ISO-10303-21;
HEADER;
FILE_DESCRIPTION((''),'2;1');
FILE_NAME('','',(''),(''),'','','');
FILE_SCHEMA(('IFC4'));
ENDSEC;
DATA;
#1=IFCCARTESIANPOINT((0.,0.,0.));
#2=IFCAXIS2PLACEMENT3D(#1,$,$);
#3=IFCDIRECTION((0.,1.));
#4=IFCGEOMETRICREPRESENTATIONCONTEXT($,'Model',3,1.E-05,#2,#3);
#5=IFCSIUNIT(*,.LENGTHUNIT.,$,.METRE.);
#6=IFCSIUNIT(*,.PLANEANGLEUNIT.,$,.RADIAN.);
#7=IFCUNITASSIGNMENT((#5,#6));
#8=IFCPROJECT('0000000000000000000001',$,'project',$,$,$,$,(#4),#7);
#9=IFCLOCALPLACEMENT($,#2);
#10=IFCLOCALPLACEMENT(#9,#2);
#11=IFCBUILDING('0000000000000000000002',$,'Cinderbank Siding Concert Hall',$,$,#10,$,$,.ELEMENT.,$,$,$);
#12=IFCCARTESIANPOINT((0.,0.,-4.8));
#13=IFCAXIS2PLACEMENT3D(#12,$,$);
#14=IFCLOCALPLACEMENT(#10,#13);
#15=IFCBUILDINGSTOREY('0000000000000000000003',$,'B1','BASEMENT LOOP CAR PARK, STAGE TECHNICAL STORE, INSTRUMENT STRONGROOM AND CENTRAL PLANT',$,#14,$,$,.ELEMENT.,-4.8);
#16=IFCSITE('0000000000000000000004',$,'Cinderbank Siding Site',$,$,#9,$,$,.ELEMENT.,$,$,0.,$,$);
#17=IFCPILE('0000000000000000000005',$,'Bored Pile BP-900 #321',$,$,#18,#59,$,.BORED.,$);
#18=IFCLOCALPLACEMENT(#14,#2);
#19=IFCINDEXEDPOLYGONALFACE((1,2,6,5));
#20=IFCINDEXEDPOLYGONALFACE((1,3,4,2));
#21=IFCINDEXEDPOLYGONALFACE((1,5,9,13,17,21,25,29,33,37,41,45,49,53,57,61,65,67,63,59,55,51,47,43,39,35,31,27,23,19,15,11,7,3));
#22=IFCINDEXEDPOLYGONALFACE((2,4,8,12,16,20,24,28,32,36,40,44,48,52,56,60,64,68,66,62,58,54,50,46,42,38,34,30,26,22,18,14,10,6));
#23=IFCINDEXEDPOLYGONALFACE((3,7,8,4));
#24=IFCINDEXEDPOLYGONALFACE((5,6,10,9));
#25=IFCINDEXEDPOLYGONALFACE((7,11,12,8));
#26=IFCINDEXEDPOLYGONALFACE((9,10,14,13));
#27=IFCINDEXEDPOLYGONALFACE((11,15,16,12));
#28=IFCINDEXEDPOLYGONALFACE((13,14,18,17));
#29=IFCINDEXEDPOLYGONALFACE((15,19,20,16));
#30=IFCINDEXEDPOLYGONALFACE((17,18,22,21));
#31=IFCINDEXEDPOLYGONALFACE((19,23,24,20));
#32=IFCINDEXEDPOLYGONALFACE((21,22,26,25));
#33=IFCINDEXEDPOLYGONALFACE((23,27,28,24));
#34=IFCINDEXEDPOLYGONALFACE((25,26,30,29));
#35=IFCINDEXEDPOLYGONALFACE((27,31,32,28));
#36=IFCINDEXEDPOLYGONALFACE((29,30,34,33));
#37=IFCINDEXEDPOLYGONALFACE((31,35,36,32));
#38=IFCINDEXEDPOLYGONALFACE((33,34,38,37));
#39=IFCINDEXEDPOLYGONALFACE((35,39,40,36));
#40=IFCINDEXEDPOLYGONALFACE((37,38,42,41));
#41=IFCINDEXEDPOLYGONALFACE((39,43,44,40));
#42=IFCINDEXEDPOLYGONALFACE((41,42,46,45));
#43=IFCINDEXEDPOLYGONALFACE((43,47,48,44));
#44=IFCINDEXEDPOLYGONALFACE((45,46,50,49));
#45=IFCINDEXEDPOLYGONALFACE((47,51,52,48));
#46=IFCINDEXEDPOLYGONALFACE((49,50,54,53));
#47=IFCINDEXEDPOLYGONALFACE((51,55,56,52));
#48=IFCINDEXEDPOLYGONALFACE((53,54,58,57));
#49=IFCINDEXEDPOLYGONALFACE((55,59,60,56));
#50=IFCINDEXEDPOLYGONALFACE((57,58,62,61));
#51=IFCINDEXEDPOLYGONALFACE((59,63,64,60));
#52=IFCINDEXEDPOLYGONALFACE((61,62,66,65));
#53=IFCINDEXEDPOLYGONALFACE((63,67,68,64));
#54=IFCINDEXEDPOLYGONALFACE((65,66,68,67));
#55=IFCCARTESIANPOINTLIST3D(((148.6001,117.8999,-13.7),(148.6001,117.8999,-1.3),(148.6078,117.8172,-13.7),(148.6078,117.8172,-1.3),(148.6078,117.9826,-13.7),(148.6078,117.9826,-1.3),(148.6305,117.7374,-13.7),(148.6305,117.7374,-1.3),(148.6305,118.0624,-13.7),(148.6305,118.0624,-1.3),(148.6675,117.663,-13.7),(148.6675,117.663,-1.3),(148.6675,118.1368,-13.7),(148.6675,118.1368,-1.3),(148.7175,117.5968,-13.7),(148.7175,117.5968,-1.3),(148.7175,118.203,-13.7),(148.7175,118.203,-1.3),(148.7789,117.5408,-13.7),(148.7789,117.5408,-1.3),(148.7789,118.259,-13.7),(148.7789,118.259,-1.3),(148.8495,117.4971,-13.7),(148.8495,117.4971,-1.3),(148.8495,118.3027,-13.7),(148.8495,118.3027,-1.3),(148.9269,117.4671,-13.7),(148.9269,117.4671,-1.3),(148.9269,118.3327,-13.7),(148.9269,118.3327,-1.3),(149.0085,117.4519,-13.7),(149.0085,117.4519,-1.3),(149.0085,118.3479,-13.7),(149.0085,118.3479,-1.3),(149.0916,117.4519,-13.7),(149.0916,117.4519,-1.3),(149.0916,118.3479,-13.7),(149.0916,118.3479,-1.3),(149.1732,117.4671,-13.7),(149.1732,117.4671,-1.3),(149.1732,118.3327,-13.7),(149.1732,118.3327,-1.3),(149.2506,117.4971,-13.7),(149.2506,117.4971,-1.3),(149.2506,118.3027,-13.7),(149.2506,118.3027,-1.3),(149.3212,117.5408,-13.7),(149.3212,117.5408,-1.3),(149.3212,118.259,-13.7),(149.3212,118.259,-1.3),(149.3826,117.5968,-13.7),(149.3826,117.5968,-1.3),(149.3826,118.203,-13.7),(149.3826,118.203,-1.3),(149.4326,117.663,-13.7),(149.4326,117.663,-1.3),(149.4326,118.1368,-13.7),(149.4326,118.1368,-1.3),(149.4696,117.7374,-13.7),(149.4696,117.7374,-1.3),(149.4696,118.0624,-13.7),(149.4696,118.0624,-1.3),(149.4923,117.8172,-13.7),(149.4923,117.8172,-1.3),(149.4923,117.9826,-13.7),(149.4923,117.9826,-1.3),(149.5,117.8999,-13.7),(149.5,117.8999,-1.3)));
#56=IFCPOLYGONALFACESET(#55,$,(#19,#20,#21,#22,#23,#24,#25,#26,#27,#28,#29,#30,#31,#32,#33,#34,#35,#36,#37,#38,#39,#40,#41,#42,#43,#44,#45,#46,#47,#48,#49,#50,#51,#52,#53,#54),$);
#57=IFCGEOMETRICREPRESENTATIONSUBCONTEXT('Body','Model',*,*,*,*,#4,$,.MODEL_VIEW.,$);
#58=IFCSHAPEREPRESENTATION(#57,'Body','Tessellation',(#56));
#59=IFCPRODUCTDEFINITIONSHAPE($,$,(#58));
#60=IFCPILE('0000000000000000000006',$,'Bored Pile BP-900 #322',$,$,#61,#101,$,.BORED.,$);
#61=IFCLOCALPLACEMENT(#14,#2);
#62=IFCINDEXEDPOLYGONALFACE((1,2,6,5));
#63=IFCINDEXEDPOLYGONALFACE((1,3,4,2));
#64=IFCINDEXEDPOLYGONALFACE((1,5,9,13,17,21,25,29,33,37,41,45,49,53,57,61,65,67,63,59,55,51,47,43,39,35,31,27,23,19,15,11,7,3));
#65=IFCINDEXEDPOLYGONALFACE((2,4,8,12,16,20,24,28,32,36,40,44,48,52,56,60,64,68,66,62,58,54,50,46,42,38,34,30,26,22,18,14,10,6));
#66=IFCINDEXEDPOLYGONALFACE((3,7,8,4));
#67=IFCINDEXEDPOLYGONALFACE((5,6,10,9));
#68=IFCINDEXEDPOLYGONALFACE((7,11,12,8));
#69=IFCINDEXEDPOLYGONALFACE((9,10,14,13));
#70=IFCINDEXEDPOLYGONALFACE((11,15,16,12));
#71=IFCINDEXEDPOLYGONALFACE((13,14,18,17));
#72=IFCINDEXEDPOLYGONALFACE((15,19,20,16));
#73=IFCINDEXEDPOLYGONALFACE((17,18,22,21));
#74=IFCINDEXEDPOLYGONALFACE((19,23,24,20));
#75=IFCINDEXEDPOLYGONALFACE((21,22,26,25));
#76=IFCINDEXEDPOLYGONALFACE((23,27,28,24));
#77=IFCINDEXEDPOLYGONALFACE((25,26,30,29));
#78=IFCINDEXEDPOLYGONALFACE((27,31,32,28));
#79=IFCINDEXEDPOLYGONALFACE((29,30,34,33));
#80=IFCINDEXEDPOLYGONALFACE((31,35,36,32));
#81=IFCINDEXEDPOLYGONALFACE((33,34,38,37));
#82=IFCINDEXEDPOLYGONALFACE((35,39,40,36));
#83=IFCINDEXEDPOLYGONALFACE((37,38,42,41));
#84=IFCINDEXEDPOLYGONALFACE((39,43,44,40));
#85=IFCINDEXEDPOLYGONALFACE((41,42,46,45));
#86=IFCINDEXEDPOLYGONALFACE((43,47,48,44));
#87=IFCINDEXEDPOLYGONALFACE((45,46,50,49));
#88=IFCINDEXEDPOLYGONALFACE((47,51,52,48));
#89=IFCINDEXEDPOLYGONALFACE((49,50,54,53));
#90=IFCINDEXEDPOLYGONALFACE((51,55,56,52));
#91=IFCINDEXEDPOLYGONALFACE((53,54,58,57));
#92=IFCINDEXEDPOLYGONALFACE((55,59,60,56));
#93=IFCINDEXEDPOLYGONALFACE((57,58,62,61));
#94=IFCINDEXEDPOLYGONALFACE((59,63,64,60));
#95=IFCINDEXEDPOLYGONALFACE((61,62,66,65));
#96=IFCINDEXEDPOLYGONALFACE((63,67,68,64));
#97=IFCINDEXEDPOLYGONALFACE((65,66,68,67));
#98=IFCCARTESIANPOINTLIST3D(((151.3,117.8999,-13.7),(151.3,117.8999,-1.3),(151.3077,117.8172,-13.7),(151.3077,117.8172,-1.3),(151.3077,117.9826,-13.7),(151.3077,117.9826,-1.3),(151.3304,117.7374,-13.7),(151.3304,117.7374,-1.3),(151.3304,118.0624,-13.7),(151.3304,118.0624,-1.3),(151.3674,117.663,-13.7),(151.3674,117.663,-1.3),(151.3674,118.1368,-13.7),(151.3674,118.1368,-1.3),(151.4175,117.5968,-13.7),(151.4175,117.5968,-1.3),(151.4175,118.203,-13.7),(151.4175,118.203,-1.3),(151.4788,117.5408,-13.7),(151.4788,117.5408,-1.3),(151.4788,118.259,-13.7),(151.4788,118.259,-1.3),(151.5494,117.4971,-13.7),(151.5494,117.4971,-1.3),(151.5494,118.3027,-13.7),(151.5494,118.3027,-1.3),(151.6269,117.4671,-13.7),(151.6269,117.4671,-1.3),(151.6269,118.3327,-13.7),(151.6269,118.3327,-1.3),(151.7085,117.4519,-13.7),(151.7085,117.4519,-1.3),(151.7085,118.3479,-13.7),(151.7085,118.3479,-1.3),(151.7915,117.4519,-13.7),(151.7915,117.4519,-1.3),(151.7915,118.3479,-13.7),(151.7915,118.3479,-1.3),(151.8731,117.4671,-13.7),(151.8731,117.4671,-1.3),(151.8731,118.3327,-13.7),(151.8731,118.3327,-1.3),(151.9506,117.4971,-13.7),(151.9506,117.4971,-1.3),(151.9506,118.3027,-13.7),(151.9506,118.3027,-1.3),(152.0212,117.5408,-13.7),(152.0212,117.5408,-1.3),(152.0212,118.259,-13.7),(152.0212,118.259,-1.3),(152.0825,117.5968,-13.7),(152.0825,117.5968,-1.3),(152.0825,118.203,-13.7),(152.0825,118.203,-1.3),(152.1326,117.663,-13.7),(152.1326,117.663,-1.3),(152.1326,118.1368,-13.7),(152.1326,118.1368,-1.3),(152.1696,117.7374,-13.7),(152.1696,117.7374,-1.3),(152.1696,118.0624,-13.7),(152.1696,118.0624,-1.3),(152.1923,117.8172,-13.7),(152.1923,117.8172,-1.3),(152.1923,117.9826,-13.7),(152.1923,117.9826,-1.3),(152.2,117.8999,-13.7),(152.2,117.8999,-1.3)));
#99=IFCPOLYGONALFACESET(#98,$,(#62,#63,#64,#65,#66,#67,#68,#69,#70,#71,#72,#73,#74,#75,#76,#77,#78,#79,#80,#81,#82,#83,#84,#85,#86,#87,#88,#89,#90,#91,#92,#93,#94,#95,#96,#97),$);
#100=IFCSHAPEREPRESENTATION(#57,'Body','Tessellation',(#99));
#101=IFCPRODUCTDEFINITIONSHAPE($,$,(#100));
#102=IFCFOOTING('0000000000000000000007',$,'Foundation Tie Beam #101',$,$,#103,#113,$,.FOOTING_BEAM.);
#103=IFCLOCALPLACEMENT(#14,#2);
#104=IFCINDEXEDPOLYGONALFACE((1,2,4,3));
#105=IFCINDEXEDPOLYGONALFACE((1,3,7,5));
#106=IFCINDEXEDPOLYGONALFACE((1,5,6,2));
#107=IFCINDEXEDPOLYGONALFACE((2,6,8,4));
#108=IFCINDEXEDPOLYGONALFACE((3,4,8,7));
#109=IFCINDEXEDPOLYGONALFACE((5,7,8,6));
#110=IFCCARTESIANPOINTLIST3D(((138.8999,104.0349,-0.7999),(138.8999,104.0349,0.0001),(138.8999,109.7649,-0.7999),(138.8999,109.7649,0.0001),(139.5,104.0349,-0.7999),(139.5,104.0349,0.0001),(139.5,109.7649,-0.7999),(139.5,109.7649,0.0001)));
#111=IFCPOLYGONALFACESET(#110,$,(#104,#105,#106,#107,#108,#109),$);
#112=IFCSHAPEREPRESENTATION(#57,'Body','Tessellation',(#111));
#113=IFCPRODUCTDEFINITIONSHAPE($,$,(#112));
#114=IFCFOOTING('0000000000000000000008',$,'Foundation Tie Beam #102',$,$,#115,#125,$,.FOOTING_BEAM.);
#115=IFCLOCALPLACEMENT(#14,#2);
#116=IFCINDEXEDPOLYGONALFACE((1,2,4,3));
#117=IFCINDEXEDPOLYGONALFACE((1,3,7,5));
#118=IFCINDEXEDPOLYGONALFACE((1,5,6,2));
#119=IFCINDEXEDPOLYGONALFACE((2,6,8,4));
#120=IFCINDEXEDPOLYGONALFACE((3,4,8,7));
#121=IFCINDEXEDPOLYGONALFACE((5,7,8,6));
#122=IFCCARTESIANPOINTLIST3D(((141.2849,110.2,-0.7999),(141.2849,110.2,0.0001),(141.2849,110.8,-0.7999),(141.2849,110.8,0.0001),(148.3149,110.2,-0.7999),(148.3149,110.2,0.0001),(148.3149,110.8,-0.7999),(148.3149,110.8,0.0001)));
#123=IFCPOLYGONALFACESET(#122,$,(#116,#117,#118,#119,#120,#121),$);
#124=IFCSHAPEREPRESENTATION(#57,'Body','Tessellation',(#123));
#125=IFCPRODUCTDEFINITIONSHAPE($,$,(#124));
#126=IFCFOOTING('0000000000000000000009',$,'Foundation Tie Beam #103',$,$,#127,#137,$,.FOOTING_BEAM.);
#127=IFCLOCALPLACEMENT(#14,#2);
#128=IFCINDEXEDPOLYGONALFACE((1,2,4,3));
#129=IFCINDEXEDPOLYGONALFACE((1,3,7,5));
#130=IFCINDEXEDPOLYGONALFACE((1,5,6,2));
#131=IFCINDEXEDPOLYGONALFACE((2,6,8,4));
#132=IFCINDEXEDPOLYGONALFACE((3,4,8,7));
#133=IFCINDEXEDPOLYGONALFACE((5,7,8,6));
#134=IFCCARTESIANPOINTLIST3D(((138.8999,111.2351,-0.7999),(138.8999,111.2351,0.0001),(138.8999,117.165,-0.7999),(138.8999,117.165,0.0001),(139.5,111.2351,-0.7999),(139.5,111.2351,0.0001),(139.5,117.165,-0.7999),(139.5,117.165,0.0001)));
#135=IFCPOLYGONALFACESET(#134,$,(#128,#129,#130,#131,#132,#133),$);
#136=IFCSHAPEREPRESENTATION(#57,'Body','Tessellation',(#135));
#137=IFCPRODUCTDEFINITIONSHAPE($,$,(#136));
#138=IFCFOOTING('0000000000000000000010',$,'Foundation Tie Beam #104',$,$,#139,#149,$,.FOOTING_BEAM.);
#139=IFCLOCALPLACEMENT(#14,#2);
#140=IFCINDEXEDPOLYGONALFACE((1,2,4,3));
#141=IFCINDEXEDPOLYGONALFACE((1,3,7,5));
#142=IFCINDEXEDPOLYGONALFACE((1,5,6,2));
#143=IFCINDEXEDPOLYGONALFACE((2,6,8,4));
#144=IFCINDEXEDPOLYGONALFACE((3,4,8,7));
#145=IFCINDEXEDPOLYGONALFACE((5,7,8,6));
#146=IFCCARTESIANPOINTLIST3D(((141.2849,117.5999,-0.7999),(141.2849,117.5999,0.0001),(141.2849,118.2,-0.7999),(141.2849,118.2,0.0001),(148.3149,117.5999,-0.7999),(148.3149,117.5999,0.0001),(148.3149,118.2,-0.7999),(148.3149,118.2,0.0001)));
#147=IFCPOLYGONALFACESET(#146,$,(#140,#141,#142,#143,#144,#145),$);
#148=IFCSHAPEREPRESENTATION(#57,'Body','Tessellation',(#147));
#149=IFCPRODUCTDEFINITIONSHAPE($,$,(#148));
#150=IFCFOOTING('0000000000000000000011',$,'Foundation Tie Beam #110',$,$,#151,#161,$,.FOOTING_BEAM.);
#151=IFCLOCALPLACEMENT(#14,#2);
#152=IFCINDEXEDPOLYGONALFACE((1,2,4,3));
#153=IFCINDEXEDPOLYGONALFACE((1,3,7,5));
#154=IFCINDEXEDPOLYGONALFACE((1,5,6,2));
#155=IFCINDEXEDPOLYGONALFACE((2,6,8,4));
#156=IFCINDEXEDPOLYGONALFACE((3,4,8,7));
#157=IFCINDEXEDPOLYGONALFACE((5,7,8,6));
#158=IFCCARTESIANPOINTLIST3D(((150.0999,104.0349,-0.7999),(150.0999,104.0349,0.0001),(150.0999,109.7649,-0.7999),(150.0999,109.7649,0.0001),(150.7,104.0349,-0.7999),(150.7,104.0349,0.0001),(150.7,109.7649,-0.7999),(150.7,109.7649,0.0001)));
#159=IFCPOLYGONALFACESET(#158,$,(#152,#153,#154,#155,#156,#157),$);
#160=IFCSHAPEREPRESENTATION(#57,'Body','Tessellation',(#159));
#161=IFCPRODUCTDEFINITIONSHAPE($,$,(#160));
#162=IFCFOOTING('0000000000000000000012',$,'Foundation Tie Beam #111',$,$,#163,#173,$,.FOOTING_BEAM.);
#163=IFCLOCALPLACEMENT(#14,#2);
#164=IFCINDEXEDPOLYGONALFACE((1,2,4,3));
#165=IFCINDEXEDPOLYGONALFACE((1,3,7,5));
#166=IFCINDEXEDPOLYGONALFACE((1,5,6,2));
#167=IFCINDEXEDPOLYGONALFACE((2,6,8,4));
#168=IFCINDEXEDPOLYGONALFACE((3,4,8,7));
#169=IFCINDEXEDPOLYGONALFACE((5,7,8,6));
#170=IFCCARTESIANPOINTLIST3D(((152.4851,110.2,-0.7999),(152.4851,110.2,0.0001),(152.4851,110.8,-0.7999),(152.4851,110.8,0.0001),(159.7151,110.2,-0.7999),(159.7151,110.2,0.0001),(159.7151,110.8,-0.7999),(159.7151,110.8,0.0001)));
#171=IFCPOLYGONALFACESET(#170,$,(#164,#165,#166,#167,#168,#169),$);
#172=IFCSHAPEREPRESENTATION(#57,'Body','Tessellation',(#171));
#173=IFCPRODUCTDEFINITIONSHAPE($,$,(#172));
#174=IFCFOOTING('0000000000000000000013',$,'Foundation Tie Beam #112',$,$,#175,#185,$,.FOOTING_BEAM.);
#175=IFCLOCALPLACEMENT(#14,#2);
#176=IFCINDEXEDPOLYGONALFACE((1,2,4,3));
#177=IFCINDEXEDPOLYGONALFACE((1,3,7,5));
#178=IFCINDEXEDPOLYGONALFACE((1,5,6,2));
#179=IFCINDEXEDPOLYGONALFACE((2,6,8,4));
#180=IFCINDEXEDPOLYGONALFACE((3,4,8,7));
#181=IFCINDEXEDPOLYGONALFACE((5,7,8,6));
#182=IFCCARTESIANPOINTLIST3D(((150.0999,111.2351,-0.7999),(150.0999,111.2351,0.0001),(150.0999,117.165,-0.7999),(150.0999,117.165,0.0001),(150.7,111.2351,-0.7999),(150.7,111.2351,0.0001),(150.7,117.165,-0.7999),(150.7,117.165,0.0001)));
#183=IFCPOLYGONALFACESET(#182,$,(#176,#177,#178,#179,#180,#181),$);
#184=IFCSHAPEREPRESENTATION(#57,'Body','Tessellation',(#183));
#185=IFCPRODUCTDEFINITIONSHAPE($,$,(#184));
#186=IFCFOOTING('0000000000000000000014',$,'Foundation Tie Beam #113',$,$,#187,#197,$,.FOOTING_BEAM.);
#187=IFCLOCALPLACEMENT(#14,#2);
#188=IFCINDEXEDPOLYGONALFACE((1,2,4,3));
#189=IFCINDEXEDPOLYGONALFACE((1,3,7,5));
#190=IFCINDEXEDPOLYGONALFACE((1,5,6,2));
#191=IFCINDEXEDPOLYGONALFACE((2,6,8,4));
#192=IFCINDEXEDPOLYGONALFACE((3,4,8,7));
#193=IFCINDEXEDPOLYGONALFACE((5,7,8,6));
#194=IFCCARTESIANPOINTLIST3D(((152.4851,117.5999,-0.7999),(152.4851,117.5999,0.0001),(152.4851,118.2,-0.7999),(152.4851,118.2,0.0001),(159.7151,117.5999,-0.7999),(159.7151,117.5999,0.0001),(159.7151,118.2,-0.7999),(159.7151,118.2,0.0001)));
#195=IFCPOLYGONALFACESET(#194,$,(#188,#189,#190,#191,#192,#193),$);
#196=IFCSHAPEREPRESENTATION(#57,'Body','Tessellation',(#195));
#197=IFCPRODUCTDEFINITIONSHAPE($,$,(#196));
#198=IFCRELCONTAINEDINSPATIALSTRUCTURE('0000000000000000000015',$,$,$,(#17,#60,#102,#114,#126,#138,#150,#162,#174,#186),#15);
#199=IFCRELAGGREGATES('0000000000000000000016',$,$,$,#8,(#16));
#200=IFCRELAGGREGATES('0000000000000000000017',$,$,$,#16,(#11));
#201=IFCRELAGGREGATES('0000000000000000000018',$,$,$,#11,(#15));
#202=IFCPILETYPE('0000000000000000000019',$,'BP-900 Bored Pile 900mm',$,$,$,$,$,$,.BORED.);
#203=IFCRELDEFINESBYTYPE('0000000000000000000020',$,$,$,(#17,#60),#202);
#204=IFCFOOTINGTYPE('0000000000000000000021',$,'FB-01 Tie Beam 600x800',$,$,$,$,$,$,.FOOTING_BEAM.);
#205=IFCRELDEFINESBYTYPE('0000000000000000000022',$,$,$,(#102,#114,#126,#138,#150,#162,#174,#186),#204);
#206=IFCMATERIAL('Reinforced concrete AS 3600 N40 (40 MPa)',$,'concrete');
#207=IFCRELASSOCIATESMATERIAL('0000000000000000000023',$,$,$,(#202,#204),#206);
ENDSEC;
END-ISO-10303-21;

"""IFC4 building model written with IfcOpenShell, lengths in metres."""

from ifc_helpers import new_model, si_unit, direction, frame, origin, origin_2d, place, context, subcontext, project, spatial, rectangle, circle, extrude, material, material_profile, profile_set, type_object, element, save


model = new_model("IFC4")

# Units and contexts
model_context = context("Model", 3, precision=1e-05, world=origin(), true_north=direction((0.0, 1.0)))
body_context = subcontext(model_context, "Body", "Model", "MODEL_VIEW")
ifc_project = project(units=[si_unit("LENGTHUNIT", "METRE"), si_unit("PLANEANGLEUNIT", "RADIAN")], contexts=[model_context])

# Site, building, storey
site_placement = place(None, origin())
site = spatial("IfcSite", under=ifc_project, at=site_placement, Name="Cinderbank Siding Site", CompositionType="ELEMENT", RefElevation=0.0)
building_placement = place(site_placement, origin())
building = spatial("IfcBuilding", under=site, at=building_placement, Name="Cinderbank Siding Concert Hall", CompositionType="ELEMENT")
storey_placement = place(building_placement, frame((0.0, 0.0, -4.8)))
storey = spatial("IfcBuildingStorey", under=building, at=storey_placement, Name="B1", Description="BASEMENT LOOP CAR PARK, STAGE TECHNICAL STORE, INSTRUMENT STRONGROOM AND CENTRAL PLANT", CompositionType="ELEMENT", Elevation=-4.8)

# Piles
ifc_material_1 = material(Name="Reinforced concrete AS 3600 N40 (40 MPa)", Category="concrete")
ifc_material_profile_1 = material_profile(ifc_material_1, circle(Radius=0.45, at=origin_2d()), Name="PILE-900DIA", Category="LoadBearing")
ifc_profile_set_1 = profile_set([ifc_material_profile_1], Name="Reinforced concrete AS 3600 N40 (40 MPa)")
pile_type = type_object("IfcPileType", Name="BP-900 Bored Pile 900mm", PredefinedType="BORED", material=ifc_profile_set_1)
for number, where, z_axis, x_axis, name in (
    (1, (149.05, 117.8999, -1.3), (0.0, 0.0, -1.0), (1.0, 0.0, 0.0), "Bored Pile BP-900 #321"),
    (2, (151.75, 117.8999, -1.3), (0.0, 0.0, -1.0), (1.0, 0.0, 0.0), "Bored Pile BP-900 #322"),
):
    element("IfcPile", number, at=place(storey_placement, frame(where, z_axis=z_axis, x_axis=x_axis)), inside=storey, type_object=pile_type, Name=name, PredefinedType="BORED", context=body_context, shape_type="SweptSolid", body=[
        extrude(circle(Radius=0.45, at=origin_2d()), origin(), (0.0, 0.0, 1.0), 12.3999),
    ])

# Footings
ifc_material_profile_2 = material_profile(ifc_material_1, rectangle(XDim=0.6001, YDim=0.8, at=origin_2d()), Name="RC-FB-600x800", Category="LoadBearing")
ifc_profile_set_2 = profile_set([ifc_material_profile_2], Name="Reinforced concrete AS 3600 N40 (40 MPa)")
footing_type_1 = type_object("IfcFootingType", Name="FB-01 Tie Beam 600x800", PredefinedType="FOOTING_BEAM", material=ifc_profile_set_2)
footing_1_placement = place(storey_placement, frame((139.2, 104.0349, -0.3999), z_axis=(0.0, 1.0, 0.0), x_axis=(-1.0, 0.0, 0.0)))
element("IfcFooting", 3, at=footing_1_placement, inside=storey, type_object=footing_type_1, Name="Foundation Tie Beam #101", PredefinedType="FOOTING_BEAM", context=body_context, shape_type="SweptSolid", body=[
    extrude(rectangle(XDim=0.6001, YDim=0.8, at=origin_2d()), origin(), (0.0, 0.0, 1.0), 5.73),
])
footing_2_placement = place(storey_placement, frame((141.2849, 110.5, -0.3999), z_axis=(1.0, 0.0, 0.0), x_axis=(0.0, 1.0, 0.0)))
element("IfcFooting", 4, at=footing_2_placement, inside=storey, type_object=footing_type_1, Name="Foundation Tie Beam #102", PredefinedType="FOOTING_BEAM", context=body_context, shape_type="SweptSolid", body=[
    extrude(rectangle(XDim=0.6001, YDim=0.8, at=origin_2d()), origin(), (0.0, 0.0, 1.0), 7.03),
])
footing_3_placement = place(storey_placement, frame((139.2, 111.2351, -0.3999), z_axis=(0.0, 1.0, 0.0), x_axis=(-1.0, 0.0, 0.0)))
element("IfcFooting", 5, at=footing_3_placement, inside=storey, type_object=footing_type_1, Name="Foundation Tie Beam #103", PredefinedType="FOOTING_BEAM", context=body_context, shape_type="SweptSolid", body=[
    extrude(rectangle(XDim=0.6001, YDim=0.8, at=origin_2d()), origin(), (0.0, 0.0, 1.0), 5.9299),
])
footing_4_placement = place(storey_placement, frame((141.2849, 117.8999, -0.3999), z_axis=(1.0, 0.0, 0.0), x_axis=(0.0, 1.0, 0.0)))
element("IfcFooting", 6, at=footing_4_placement, inside=storey, type_object=footing_type_1, Name="Foundation Tie Beam #104", PredefinedType="FOOTING_BEAM", context=body_context, shape_type="SweptSolid", body=[
    extrude(rectangle(XDim=0.6001, YDim=0.8, at=origin_2d()), origin(), (0.0, 0.0, 1.0), 7.03),
])
footing_5_placement = place(storey_placement, frame((150.3999, 104.0349, -0.3999), z_axis=(0.0, 1.0, 0.0), x_axis=(-1.0, 0.0, 0.0)))
element("IfcFooting", 7, at=footing_5_placement, inside=storey, type_object=footing_type_1, Name="Foundation Tie Beam #110", PredefinedType="FOOTING_BEAM", context=body_context, shape_type="SweptSolid", body=[
    extrude(rectangle(XDim=0.6001, YDim=0.8, at=origin_2d()), origin(), (0.0, 0.0, 1.0), 5.73),
])
footing_6_placement = place(storey_placement, frame((152.4851, 110.5, -0.3999), z_axis=(1.0, 0.0, 0.0), x_axis=(0.0, 1.0, 0.0)))
element("IfcFooting", 8, at=footing_6_placement, inside=storey, type_object=footing_type_1, Name="Foundation Tie Beam #111", PredefinedType="FOOTING_BEAM", context=body_context, shape_type="SweptSolid", body=[
    extrude(rectangle(XDim=0.6001, YDim=0.8, at=origin_2d()), origin(), (0.0, 0.0, 1.0), 7.23),
])
footing_7_placement = place(storey_placement, frame((150.3999, 111.2351, -0.3999), z_axis=(0.0, 1.0, 0.0), x_axis=(-1.0, 0.0, 0.0)))
element("IfcFooting", 9, at=footing_7_placement, inside=storey, type_object=footing_type_1, Name="Foundation Tie Beam #112", PredefinedType="FOOTING_BEAM", context=body_context, shape_type="SweptSolid", body=[
    extrude(rectangle(XDim=0.6001, YDim=0.8, at=origin_2d()), origin(), (0.0, 0.0, 1.0), 5.9299),
])
footing_8_placement = place(storey_placement, frame((152.4851, 117.8999, -0.3999), z_axis=(1.0, 0.0, 0.0), x_axis=(0.0, 1.0, 0.0)))
element("IfcFooting", 10, at=footing_8_placement, inside=storey, type_object=footing_type_1, Name="Foundation Tie Beam #113", PredefinedType="FOOTING_BEAM", context=body_context, shape_type="SweptSolid", body=[
    extrude(rectangle(XDim=0.6001, YDim=0.8, at=origin_2d()), origin(), (0.0, 0.0, 1.0), 7.23),
])

save(model, "model.ifc")
